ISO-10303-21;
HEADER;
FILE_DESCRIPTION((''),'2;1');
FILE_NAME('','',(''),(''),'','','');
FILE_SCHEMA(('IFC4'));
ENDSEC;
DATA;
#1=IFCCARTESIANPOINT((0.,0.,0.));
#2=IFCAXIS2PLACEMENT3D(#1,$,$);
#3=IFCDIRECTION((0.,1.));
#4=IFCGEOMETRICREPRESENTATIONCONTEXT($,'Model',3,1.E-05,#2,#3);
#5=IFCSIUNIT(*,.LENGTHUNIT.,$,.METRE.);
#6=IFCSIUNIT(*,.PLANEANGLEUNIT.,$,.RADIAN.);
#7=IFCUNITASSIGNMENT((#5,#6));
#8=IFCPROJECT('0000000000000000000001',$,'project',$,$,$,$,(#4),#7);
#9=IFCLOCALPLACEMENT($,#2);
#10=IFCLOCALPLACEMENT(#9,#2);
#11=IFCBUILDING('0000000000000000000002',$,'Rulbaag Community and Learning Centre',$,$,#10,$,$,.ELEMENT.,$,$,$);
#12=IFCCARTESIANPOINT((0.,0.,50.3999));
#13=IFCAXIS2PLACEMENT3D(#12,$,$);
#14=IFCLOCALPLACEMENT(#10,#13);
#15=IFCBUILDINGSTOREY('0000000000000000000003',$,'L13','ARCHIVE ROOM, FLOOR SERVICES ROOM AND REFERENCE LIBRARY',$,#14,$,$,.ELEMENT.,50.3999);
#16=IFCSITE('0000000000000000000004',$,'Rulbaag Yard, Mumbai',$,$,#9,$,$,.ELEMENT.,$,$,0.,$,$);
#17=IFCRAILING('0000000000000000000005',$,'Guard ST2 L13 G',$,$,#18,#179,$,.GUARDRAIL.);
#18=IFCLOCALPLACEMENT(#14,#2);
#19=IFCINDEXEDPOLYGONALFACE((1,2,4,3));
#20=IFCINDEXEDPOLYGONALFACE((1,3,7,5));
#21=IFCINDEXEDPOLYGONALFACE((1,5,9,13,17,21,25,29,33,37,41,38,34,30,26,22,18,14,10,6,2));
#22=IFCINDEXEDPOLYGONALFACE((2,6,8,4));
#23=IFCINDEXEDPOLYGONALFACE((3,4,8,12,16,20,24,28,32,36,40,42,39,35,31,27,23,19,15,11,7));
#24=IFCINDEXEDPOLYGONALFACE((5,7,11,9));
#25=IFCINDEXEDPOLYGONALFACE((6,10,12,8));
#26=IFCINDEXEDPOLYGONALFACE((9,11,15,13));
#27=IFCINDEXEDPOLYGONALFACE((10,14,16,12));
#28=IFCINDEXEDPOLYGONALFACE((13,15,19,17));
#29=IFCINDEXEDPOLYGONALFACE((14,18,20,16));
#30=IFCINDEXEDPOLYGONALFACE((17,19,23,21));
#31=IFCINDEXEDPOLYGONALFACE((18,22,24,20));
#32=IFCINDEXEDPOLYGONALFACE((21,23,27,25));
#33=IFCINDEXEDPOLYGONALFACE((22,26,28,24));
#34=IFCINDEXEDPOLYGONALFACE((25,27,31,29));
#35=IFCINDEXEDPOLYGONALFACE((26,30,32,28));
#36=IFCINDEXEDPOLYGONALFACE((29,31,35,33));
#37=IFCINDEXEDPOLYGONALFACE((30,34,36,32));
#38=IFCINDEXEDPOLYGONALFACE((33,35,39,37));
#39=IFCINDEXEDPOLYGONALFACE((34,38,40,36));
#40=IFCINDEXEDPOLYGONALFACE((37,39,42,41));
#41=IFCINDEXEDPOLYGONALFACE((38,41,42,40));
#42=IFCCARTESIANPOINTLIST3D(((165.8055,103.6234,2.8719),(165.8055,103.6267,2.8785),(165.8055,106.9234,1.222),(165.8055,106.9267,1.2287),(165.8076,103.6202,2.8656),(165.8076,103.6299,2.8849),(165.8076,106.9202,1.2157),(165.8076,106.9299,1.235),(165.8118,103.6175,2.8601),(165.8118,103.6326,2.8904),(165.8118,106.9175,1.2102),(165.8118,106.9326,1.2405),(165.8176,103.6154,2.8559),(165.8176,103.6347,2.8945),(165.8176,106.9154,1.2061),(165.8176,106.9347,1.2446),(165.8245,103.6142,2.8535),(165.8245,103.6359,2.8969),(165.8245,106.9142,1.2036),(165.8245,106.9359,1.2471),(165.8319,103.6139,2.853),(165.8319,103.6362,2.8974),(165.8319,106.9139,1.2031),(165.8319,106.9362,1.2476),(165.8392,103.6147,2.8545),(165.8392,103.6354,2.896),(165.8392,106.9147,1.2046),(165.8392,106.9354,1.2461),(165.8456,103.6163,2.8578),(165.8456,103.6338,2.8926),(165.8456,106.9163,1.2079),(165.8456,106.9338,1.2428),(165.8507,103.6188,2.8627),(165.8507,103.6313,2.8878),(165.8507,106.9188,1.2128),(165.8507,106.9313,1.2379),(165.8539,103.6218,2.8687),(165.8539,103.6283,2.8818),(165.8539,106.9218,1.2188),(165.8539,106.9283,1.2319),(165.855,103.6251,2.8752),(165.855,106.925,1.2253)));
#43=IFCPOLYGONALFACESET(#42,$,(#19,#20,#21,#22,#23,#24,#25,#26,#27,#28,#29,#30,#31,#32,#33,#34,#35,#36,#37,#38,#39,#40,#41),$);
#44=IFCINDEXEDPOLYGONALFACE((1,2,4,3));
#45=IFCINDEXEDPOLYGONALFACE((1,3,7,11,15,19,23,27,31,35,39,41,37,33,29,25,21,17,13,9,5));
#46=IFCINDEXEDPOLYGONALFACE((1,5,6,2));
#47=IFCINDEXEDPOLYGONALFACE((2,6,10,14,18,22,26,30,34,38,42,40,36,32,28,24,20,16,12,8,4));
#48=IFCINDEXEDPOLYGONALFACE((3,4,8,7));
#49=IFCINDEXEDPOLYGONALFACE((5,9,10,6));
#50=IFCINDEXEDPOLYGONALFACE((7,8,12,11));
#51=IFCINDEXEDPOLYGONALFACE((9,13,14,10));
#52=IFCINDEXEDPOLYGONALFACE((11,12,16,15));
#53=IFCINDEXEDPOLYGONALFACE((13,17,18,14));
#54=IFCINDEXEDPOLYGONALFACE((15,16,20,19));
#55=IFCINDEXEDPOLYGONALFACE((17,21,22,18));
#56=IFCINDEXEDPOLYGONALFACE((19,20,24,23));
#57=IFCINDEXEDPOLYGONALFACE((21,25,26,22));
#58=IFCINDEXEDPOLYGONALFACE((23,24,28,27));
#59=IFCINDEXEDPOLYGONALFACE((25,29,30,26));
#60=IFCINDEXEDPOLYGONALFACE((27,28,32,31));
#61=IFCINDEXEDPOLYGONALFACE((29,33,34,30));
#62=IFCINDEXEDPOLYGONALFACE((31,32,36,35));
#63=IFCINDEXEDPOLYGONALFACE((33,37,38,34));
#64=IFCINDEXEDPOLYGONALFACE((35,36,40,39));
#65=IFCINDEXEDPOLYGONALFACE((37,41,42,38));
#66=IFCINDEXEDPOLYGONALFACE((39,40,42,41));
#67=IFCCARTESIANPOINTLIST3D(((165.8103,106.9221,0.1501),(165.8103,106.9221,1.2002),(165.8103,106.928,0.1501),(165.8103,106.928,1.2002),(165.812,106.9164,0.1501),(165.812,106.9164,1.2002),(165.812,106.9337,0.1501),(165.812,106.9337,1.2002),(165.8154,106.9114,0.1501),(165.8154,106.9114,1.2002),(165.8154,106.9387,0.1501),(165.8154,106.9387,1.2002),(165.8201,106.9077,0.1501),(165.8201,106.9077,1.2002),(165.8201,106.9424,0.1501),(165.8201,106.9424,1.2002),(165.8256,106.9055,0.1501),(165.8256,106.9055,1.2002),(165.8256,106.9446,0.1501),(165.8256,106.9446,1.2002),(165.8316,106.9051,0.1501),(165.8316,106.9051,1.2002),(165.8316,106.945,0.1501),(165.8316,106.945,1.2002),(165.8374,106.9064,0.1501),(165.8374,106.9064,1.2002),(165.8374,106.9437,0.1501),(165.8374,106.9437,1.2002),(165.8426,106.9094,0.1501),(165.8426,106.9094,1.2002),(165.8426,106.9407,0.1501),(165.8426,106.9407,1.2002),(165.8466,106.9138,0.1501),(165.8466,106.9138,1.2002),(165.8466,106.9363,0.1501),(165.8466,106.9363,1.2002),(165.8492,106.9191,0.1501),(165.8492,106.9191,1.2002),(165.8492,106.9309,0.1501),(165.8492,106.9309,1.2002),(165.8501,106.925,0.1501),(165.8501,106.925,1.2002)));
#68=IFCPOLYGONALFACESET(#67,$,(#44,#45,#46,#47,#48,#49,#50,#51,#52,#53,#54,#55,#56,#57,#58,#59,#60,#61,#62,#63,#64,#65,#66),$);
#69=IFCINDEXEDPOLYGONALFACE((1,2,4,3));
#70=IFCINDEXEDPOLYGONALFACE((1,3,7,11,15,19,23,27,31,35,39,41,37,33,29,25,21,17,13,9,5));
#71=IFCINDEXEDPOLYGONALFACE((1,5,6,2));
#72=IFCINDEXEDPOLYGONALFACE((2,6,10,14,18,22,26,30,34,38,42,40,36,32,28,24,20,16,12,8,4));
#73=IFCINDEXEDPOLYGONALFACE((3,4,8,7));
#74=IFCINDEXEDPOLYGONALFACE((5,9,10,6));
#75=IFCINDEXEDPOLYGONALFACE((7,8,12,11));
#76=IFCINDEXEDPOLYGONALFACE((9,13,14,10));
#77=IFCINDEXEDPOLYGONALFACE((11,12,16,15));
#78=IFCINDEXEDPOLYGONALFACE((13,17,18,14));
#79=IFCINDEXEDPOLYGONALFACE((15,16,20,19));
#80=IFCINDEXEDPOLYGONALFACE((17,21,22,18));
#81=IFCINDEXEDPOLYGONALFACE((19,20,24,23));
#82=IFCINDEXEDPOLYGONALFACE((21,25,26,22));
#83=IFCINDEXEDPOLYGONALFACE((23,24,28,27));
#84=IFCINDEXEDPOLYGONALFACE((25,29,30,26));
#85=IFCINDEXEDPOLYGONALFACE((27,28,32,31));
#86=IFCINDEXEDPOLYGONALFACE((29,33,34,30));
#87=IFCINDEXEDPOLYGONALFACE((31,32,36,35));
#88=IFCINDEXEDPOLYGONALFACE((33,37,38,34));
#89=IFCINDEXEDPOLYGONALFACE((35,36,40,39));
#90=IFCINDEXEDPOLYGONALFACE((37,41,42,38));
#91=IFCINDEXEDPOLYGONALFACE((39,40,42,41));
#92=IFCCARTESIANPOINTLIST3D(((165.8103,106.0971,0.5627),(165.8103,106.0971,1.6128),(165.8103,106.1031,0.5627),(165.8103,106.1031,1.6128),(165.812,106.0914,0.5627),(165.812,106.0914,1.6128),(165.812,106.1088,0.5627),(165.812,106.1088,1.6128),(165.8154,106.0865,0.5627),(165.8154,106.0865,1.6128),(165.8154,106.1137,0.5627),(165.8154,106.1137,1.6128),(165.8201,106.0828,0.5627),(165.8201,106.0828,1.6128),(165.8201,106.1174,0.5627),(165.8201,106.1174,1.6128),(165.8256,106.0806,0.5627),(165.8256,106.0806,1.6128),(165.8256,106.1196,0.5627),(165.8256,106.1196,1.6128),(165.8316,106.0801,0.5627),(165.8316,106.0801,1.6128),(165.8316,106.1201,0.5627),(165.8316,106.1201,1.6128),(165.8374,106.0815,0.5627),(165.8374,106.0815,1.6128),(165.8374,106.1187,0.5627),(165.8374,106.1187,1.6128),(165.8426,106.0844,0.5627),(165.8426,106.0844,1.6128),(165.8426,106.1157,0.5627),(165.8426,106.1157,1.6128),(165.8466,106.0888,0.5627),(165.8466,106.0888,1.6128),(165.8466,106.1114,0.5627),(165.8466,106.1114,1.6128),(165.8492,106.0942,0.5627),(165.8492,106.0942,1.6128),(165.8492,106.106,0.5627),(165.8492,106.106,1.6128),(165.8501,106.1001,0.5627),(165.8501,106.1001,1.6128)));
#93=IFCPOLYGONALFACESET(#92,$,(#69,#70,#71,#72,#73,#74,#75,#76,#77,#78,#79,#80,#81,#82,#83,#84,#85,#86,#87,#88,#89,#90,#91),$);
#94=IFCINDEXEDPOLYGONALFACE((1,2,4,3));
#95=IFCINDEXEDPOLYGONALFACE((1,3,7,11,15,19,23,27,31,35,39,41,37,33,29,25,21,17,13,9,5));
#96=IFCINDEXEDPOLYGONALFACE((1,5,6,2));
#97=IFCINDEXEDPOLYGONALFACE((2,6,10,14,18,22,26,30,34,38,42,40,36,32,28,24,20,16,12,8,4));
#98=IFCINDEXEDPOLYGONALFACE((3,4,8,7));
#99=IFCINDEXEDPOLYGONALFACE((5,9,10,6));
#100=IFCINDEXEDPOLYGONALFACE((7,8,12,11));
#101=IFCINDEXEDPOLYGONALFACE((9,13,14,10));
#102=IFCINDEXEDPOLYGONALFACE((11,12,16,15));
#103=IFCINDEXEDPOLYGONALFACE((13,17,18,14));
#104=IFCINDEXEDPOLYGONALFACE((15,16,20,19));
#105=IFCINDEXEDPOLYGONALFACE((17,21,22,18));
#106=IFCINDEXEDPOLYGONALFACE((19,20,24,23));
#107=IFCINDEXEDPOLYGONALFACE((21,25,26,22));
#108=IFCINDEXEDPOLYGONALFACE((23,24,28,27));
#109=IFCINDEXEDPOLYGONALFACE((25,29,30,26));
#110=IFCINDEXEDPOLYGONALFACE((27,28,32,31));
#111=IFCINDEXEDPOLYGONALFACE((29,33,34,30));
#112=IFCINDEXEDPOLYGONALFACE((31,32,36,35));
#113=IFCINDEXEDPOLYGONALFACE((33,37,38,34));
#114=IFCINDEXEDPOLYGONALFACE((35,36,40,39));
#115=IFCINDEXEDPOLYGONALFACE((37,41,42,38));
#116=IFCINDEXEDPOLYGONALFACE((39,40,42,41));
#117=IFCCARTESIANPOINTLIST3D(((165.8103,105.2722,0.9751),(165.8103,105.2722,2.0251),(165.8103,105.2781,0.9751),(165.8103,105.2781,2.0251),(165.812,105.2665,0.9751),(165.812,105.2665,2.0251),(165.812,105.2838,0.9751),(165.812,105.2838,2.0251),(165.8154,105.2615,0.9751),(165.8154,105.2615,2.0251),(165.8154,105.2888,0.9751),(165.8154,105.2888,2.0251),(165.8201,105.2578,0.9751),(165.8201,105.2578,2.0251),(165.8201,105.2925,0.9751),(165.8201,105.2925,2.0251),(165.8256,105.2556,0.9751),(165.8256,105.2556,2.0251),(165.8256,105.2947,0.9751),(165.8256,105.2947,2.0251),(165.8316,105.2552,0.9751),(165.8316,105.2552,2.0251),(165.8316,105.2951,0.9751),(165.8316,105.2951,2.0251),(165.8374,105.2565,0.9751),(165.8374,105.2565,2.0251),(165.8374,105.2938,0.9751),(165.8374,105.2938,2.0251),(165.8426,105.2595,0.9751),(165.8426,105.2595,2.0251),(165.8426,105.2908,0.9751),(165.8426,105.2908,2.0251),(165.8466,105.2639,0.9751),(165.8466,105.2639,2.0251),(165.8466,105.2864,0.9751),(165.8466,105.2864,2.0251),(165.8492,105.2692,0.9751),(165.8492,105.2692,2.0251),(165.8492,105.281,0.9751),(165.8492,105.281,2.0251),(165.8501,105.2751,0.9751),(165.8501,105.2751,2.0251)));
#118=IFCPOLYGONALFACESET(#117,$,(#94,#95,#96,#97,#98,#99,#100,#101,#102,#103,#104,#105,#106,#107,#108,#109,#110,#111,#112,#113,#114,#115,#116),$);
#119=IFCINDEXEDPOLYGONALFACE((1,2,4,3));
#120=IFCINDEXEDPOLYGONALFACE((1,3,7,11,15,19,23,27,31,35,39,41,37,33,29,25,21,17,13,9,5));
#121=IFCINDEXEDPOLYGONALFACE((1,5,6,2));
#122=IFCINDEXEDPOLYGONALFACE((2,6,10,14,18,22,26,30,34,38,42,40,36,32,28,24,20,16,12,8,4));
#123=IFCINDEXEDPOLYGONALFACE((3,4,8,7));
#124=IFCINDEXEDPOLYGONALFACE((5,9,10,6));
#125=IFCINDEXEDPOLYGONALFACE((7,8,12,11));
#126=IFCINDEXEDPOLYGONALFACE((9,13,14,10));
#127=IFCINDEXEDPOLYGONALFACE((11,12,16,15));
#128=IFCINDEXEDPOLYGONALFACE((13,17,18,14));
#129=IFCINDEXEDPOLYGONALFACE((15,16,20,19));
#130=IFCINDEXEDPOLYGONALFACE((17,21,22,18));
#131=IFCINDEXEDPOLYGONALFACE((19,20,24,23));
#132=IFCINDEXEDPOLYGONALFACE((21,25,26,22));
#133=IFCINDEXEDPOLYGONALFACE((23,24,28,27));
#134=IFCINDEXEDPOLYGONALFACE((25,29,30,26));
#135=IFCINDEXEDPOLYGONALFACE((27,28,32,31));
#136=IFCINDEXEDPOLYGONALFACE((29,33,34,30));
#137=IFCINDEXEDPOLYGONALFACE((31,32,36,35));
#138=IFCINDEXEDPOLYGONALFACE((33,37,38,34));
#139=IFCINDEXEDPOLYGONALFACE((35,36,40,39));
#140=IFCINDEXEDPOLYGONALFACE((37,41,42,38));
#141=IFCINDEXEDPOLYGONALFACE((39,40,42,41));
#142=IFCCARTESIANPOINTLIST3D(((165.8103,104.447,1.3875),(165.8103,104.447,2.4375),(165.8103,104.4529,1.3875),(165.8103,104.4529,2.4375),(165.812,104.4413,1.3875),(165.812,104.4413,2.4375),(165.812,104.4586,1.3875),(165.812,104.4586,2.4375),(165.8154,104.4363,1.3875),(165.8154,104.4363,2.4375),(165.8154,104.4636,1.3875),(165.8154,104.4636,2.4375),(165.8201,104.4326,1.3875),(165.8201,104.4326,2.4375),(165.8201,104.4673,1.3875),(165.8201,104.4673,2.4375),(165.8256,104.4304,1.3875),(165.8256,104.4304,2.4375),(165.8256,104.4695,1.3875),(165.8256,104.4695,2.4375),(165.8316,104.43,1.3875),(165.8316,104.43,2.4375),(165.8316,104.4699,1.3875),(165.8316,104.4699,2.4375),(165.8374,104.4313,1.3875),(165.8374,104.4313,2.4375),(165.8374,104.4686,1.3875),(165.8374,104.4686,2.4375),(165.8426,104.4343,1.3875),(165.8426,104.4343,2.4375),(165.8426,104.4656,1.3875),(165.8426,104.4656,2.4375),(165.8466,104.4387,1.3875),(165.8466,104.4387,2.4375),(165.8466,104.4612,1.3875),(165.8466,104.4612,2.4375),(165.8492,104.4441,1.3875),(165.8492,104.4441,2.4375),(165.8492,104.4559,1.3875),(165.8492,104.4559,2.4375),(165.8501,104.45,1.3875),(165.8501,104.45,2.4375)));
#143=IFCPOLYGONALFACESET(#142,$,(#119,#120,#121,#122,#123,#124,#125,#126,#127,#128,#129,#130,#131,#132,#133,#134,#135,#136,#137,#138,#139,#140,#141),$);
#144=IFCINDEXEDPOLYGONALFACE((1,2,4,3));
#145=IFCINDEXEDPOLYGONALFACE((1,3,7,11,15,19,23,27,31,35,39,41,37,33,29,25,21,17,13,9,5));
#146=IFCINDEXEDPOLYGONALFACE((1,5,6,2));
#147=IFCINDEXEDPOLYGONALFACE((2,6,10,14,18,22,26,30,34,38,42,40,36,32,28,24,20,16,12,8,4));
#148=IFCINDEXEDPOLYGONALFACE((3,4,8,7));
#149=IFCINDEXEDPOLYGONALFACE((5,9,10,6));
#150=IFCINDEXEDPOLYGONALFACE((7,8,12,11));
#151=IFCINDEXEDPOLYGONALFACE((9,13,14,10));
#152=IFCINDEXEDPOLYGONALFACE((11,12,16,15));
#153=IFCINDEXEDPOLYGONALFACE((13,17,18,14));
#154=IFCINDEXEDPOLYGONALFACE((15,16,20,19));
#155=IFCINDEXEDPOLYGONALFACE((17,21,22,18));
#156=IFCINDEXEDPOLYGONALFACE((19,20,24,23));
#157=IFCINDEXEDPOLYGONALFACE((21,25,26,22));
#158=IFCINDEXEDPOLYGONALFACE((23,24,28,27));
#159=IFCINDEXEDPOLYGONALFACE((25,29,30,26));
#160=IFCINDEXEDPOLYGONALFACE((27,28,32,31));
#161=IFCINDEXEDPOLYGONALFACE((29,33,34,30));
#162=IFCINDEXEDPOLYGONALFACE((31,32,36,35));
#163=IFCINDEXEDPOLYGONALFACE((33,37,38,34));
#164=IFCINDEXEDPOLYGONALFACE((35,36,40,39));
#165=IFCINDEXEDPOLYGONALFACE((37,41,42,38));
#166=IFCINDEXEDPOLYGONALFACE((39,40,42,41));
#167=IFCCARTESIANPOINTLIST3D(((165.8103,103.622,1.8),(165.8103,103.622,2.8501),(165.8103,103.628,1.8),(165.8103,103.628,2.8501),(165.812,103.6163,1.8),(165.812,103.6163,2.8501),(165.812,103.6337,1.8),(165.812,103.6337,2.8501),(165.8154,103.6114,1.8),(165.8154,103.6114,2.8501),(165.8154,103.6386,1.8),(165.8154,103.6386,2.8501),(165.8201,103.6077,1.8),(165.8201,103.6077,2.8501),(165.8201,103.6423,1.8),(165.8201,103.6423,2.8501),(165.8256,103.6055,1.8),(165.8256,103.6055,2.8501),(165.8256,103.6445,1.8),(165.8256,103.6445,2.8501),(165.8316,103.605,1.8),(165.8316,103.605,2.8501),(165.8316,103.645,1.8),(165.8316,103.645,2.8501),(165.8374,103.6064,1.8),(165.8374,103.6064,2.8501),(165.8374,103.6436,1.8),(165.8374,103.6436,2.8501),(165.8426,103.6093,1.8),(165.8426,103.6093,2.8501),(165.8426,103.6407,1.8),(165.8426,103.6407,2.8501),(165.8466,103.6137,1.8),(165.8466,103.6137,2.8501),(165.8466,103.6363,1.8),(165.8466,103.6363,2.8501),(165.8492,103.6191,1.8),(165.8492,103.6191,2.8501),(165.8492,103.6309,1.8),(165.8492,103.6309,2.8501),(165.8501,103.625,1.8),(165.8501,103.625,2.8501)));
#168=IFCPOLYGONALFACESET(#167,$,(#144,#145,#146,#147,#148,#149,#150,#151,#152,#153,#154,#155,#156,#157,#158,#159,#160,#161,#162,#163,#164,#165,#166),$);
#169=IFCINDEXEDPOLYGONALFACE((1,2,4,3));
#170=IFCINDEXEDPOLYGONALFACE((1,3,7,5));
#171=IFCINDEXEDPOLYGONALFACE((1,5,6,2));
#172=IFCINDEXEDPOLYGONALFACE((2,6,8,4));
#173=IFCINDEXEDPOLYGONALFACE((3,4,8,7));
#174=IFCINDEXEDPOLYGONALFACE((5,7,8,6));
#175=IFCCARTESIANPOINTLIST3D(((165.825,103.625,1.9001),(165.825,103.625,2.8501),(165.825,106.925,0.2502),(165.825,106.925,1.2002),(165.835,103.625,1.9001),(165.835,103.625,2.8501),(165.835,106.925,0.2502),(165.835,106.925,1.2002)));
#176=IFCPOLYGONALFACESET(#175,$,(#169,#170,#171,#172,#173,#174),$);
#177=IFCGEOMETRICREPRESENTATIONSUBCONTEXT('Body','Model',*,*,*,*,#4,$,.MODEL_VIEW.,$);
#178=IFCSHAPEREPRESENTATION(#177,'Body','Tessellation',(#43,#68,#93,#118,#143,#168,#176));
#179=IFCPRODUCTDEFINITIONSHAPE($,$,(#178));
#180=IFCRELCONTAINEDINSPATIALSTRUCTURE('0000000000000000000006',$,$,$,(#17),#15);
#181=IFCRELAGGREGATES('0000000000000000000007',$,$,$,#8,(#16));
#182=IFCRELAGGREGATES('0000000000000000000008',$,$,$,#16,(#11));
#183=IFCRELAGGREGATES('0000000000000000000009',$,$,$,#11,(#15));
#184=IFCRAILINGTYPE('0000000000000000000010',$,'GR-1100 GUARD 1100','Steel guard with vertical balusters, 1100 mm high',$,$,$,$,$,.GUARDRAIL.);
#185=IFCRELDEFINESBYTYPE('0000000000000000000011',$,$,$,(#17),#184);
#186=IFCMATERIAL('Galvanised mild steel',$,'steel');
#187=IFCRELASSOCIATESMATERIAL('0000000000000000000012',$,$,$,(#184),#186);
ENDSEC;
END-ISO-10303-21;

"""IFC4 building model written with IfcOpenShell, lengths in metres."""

from ifc_helpers import new_model, si_unit, direction, frame, origin, origin_2d, place, context, subcontext, project, spatial, polyline, circle, outline, extrude, material, type_object, element, save


model = new_model("IFC4")

# Units and contexts
model_context = context("Model", 3, precision=1e-05, world=origin(), true_north=direction((0.0, 1.0)))
body_context = subcontext(model_context, "Body", "Model", "MODEL_VIEW")
ifc_project = project(units=[si_unit("LENGTHUNIT", "METRE"), si_unit("PLANEANGLEUNIT", "RADIAN")], contexts=[model_context])

# Site, building, storey
site_placement = place(None, origin())
site = spatial("IfcSite", under=ifc_project, at=site_placement, Name="Rulbaag Yard, Mumbai", CompositionType="ELEMENT", RefElevation=0.0)
building_placement = place(site_placement, origin())
building = spatial("IfcBuilding", under=site, at=building_placement, Name="Rulbaag Community and Learning Centre", CompositionType="ELEMENT")
storey_placement = place(building_placement, frame((0.0, 0.0, 50.3999)))
storey = spatial("IfcBuildingStorey", under=building, at=storey_placement, Name="L13", Description="ARCHIVE ROOM, FLOOR SERVICES ROOM AND REFERENCE LIBRARY", CompositionType="ELEMENT", Elevation=50.3999)

# Railing
ifc_material_1 = material(Name="Galvanised mild steel", Category="steel")
railing_type_1 = type_object("IfcRailingType", Name="GR-1100 GUARD 1100", Description="Steel guard with vertical balusters, 1100 mm high", PredefinedType="GUARDRAIL", material=ifc_material_1)
railing_1_placement = place(storey_placement, frame((165.8301, 106.925, 0.1501)))
element("IfcRailing", 1, at=railing_1_placement, inside=storey, type_object=railing_type_1, Name="Guard ST2 L13 G", PredefinedType="GUARDRAIL", context=body_context, shape_type="SweptSolid", body=[
    extrude(circle(Radius=0.0249, at=origin_2d()), frame((0.0, 0.0, 1.0752), z_axis=(0.0, -0.89444, 0.447187), x_axis=(1.0, 0.0, 0.0)), (0.0, 0.0, 1.0), 3.6895),
    extrude(circle(Radius=0.02, at=origin_2d()), origin(), (0.0, 0.0, 1.0), 1.05),
    extrude(circle(Radius=0.02, at=origin_2d()), frame((0.0, -0.825, 0.4126)), (0.0, 0.0, 1.0), 1.05),
    extrude(circle(Radius=0.02, at=origin_2d()), frame((0.0, -1.6499, 0.825)), (0.0, 0.0, 1.0), 1.05),
    extrude(circle(Radius=0.02, at=origin_2d()), frame((0.0, -2.4751, 1.2373)), (0.0, 0.0, 1.0), 1.05),
    extrude(circle(Radius=0.02, at=origin_2d()), frame((0.0, -3.3, 1.6499)), (0.0, 0.0, 1.0), 1.05),
    extrude(outline(polyline([(0.0, 0.0), (3.3, 1.6499), (3.3, 2.5999), (0.0, 0.95), (0.0, 0.0)])), frame((0.0049, 0.0, 0.1001), z_axis=(-1.0, 0.0, 0.0), x_axis=(0.0, -1.0, 0.0)), (0.0, 0.0, 1.0), 0.01),
])

save(model, "model.ifc")
